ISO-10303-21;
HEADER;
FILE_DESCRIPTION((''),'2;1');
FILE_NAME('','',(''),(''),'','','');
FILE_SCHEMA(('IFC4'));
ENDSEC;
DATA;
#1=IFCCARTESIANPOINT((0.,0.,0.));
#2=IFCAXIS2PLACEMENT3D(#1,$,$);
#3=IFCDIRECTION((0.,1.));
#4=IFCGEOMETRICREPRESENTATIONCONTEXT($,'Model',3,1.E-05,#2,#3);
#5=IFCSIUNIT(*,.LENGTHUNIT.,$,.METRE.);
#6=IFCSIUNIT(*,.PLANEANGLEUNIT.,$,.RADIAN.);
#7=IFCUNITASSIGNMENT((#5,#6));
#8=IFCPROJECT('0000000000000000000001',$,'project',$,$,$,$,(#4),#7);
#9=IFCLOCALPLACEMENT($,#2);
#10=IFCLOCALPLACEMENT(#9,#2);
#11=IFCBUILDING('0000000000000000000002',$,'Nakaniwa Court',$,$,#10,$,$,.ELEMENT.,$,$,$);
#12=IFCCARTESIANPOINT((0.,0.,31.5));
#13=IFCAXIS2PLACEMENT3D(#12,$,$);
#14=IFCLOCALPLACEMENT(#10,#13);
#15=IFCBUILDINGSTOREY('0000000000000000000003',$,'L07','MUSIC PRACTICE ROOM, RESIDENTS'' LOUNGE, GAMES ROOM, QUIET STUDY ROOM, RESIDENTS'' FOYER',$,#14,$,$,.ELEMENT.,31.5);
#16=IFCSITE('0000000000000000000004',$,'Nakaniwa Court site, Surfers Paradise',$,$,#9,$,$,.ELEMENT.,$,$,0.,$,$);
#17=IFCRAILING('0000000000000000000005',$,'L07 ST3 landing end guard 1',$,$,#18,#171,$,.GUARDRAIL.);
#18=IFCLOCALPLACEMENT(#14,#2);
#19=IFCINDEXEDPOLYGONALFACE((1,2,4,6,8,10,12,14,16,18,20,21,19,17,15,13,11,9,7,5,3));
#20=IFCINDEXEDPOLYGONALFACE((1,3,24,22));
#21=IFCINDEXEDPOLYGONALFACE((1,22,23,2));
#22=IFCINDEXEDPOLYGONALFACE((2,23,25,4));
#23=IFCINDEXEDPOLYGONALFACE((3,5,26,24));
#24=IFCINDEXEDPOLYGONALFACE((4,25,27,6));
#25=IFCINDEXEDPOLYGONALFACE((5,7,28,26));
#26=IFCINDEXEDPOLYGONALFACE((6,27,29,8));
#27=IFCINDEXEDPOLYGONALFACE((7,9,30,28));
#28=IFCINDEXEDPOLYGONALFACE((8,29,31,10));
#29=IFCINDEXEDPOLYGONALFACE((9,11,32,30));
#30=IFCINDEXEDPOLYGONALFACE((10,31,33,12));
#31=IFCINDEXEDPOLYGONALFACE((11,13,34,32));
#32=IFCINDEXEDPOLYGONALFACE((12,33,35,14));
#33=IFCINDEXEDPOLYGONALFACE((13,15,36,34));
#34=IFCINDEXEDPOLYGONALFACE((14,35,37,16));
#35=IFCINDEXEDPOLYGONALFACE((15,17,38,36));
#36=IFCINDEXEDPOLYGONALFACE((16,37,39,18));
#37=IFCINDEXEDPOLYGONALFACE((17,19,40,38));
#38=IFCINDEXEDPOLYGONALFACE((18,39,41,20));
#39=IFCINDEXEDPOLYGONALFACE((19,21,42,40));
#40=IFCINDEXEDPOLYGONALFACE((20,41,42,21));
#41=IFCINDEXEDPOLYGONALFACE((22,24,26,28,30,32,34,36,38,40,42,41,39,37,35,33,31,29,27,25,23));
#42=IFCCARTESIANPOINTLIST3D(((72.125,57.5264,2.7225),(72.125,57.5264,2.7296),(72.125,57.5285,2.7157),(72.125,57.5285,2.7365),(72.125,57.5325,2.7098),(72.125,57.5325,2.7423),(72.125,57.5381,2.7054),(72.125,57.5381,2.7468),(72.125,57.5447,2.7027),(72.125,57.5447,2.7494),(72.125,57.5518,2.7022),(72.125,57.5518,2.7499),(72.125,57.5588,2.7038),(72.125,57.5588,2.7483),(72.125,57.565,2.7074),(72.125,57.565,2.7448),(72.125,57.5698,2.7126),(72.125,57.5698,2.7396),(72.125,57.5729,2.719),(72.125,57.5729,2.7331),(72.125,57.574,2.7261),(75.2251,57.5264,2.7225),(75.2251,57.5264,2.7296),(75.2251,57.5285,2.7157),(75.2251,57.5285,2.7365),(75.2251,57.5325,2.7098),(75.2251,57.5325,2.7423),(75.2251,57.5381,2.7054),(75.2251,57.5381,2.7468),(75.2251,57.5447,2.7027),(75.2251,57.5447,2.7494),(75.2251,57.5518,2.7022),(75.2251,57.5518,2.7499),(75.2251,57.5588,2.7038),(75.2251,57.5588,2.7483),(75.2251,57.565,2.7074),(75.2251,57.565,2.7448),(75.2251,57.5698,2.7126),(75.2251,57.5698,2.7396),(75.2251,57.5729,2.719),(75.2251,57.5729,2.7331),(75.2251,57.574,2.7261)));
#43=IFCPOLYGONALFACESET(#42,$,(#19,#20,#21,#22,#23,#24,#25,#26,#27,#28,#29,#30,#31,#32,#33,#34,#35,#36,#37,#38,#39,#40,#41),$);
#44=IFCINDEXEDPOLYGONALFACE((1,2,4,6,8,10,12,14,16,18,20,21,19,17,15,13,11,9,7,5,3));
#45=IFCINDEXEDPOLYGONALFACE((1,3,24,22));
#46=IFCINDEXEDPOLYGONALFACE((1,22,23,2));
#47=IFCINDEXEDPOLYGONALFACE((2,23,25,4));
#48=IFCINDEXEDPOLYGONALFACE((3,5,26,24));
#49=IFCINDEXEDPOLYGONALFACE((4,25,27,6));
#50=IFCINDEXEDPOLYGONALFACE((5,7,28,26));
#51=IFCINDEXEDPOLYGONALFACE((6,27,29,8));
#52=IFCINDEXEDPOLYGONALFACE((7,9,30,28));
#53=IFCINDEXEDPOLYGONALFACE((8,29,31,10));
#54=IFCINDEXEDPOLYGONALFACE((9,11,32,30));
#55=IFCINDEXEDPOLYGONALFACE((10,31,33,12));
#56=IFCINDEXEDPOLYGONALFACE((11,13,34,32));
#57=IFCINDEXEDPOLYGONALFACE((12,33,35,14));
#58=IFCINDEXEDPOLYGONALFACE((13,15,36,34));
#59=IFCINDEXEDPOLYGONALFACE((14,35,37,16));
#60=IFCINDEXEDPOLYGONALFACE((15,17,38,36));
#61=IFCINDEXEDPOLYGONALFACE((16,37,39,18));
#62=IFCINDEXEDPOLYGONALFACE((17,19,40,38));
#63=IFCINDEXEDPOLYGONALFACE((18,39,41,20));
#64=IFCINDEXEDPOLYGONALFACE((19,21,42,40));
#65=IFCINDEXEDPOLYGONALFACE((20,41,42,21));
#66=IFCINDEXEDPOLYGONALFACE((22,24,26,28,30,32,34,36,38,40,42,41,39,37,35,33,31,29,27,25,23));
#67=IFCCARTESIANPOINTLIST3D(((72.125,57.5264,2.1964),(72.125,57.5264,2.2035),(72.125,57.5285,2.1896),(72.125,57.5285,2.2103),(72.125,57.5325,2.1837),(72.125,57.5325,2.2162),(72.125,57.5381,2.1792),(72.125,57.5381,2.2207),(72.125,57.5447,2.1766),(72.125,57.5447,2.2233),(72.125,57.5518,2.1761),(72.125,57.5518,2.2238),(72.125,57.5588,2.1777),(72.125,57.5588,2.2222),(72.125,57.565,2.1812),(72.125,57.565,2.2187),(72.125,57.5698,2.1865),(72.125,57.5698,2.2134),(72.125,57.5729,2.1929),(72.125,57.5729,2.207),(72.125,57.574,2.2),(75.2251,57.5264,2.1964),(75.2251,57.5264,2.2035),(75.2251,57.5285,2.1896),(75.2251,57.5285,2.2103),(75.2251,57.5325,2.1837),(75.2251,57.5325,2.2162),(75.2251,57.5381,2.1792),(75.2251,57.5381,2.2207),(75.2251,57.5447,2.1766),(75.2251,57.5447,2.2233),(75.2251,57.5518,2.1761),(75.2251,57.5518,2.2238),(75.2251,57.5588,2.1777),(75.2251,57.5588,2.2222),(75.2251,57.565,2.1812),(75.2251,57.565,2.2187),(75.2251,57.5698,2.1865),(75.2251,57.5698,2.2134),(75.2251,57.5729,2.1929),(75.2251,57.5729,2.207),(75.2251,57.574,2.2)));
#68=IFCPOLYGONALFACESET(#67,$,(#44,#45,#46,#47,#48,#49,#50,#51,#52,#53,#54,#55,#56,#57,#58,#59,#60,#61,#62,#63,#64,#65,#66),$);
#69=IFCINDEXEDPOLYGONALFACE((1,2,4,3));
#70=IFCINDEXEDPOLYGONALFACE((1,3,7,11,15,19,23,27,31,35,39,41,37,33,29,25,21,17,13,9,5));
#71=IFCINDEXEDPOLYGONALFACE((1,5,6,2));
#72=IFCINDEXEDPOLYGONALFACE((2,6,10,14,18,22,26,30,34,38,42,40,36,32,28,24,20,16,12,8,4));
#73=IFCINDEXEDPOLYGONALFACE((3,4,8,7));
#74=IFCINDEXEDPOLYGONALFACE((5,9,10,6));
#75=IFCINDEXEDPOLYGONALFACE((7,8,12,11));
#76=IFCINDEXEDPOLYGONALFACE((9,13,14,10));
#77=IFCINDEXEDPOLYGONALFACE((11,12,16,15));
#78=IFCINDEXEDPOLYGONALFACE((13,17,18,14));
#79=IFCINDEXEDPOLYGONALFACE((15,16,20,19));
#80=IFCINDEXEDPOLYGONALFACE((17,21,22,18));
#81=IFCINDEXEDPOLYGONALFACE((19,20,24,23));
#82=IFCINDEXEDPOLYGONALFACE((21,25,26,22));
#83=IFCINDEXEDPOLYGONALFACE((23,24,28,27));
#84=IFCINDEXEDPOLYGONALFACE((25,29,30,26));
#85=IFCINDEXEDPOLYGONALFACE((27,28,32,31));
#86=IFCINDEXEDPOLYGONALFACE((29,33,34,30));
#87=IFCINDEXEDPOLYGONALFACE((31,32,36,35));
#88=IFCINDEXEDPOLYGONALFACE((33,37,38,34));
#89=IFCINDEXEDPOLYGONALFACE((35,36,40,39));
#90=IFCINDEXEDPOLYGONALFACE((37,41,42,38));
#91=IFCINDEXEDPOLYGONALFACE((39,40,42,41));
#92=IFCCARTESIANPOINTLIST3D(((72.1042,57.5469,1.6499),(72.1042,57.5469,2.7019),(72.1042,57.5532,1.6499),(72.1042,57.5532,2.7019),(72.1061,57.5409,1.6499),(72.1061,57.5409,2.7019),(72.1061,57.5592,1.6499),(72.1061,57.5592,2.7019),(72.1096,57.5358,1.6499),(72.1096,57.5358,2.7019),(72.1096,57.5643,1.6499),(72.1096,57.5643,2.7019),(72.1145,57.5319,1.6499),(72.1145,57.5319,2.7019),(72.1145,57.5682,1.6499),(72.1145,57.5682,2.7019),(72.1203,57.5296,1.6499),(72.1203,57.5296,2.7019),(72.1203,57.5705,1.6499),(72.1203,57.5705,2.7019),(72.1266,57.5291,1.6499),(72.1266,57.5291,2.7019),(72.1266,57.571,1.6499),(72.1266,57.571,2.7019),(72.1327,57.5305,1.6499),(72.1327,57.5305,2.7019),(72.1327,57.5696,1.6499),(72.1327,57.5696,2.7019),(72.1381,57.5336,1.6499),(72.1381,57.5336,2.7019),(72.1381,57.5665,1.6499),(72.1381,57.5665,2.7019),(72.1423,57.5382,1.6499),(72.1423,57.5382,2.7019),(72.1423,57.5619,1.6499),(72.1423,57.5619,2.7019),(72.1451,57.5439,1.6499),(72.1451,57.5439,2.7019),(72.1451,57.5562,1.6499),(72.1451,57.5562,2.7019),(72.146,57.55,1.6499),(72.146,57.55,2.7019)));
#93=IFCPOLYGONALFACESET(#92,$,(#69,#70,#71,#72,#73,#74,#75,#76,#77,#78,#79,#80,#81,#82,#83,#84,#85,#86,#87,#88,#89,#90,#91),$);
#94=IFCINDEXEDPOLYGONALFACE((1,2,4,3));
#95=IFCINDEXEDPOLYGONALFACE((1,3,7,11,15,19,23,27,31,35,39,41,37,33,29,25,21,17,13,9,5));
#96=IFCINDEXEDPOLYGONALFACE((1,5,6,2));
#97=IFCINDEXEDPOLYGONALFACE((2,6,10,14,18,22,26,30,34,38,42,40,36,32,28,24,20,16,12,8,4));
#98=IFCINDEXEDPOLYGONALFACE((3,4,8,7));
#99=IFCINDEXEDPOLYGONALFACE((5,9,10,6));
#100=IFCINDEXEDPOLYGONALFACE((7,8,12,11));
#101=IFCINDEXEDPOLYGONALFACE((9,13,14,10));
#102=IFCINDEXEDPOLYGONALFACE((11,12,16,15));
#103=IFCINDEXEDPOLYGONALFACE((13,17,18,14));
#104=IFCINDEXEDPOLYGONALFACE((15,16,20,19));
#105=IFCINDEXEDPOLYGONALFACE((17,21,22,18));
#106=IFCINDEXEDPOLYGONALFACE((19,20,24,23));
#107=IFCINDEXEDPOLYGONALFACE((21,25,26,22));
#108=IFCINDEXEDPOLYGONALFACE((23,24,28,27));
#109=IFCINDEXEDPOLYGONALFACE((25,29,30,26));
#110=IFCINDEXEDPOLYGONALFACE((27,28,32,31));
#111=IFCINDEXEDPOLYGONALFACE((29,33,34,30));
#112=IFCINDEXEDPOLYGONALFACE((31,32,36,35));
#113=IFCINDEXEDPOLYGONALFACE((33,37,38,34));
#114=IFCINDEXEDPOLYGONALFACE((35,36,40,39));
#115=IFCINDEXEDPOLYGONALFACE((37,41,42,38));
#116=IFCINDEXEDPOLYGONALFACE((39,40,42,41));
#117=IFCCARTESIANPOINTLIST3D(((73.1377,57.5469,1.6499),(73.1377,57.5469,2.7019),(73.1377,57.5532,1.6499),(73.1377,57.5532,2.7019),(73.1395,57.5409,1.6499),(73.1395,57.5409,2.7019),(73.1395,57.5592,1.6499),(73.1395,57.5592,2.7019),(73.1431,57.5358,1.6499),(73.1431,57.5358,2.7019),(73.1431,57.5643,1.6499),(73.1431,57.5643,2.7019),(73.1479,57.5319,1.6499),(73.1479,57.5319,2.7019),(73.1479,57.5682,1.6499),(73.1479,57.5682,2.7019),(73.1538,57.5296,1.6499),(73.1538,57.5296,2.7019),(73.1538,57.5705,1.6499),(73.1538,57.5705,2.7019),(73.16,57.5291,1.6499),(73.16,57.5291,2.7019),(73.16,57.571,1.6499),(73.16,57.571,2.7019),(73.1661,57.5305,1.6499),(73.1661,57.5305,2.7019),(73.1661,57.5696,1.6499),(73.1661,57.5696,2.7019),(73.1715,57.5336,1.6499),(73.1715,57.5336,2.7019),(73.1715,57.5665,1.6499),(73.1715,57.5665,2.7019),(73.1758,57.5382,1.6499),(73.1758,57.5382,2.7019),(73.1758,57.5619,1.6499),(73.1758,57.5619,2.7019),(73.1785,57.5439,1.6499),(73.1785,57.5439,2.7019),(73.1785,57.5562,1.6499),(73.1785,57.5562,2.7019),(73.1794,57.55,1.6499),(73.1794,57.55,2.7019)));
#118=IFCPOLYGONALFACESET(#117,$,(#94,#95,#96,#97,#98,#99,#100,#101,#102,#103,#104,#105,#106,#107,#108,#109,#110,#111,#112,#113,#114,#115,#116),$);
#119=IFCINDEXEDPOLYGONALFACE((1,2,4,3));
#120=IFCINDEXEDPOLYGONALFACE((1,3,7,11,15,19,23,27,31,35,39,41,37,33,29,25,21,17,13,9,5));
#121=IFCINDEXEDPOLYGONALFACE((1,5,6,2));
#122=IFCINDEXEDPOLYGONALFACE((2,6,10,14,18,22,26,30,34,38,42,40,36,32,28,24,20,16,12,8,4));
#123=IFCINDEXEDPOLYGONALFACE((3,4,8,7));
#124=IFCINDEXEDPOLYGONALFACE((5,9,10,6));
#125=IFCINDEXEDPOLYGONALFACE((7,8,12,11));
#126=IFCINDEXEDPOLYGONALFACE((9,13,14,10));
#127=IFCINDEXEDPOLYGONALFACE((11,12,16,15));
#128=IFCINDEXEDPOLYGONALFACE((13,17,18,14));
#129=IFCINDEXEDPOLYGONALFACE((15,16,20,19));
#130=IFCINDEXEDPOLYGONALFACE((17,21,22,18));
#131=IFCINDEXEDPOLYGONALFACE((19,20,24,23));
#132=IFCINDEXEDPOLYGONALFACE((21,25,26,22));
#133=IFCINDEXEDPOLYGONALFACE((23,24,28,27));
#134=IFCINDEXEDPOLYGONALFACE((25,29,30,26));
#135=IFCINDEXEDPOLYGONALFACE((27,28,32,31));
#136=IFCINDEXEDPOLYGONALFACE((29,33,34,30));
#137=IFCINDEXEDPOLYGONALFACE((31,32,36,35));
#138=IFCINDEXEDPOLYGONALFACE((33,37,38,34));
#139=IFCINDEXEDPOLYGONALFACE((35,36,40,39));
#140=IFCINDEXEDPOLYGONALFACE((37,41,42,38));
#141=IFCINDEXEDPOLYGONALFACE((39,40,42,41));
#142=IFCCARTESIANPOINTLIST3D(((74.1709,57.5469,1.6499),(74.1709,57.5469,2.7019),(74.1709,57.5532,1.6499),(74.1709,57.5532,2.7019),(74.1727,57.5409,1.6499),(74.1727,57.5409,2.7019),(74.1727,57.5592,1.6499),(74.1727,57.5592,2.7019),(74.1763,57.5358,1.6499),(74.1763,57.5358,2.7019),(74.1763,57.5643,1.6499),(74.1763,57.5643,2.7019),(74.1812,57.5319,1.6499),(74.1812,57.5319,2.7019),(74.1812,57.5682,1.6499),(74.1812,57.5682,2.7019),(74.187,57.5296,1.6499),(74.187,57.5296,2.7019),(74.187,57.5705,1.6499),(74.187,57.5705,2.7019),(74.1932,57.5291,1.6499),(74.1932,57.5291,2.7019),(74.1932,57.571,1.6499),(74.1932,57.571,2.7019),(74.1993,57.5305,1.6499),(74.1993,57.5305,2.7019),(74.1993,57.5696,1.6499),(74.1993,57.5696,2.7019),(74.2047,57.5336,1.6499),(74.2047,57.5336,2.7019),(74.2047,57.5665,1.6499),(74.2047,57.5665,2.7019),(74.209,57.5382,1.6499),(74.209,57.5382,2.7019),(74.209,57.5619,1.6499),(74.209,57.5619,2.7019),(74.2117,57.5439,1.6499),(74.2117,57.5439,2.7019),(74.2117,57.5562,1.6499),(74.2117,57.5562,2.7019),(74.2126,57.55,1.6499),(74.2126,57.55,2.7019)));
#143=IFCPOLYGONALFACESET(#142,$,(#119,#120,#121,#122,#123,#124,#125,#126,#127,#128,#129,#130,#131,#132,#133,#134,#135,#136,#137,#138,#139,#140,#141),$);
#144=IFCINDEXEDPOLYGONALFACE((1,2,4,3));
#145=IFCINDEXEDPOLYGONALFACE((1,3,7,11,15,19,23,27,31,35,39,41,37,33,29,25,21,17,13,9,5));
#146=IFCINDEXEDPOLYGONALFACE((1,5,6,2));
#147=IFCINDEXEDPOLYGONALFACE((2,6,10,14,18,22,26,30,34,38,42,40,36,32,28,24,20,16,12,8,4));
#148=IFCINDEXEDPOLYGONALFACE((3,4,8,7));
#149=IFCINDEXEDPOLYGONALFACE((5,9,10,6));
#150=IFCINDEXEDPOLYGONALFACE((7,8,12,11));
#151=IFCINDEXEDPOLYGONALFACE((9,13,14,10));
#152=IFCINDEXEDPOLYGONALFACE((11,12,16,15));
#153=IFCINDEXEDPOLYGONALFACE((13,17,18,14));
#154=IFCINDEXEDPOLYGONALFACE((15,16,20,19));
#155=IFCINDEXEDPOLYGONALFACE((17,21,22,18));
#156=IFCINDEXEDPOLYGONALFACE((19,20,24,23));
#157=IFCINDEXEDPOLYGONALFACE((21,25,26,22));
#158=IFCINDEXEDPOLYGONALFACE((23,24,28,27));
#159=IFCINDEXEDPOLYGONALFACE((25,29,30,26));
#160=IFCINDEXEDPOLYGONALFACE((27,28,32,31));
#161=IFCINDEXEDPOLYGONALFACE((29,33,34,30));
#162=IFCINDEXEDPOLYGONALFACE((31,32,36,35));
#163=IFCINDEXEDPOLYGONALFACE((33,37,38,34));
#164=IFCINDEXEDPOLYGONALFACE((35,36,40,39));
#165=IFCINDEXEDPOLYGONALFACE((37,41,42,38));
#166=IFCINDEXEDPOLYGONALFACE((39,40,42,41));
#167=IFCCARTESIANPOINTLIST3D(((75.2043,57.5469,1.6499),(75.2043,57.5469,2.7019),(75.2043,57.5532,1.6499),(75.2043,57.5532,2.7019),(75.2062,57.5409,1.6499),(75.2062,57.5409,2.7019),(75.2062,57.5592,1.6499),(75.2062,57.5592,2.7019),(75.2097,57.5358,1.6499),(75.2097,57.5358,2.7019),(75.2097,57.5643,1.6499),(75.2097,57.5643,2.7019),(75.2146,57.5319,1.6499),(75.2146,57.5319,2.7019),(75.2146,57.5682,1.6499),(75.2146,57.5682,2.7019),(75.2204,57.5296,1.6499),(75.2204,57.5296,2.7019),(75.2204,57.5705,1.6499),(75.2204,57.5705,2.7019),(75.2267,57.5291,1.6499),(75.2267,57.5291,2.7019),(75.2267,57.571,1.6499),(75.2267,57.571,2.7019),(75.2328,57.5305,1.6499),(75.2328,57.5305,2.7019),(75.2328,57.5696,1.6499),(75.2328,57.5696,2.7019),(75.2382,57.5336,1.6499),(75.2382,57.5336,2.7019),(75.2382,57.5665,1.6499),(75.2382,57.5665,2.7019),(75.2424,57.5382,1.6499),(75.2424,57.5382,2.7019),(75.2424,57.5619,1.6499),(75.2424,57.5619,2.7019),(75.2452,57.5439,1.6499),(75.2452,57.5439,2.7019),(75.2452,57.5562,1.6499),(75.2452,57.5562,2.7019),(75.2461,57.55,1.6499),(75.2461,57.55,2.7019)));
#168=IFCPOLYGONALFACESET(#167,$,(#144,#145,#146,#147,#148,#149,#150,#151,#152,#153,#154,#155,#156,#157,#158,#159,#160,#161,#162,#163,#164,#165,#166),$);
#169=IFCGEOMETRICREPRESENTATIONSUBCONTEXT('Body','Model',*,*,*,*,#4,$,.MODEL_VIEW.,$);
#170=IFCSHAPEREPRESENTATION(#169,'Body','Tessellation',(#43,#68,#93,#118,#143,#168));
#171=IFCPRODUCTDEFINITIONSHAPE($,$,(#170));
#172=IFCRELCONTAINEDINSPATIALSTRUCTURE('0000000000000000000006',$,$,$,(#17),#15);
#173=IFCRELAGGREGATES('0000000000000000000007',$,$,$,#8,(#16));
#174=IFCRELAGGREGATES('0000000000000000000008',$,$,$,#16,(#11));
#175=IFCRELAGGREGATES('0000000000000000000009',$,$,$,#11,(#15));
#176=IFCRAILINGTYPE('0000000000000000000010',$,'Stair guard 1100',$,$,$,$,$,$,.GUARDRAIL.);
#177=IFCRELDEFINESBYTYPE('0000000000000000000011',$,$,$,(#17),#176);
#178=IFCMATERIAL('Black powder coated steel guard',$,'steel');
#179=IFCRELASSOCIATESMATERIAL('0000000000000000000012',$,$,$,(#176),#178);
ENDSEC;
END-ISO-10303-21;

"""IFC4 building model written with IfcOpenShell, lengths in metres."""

from ifc_helpers import new_model, si_unit, direction, frame, origin, origin_2d, place, context, subcontext, project, spatial, circle, extrude, material, type_object, element, save


model = new_model("IFC4")

# Units and contexts
model_context = context("Model", 3, precision=1e-05, world=origin(), true_north=direction((0.0, 1.0)))
body_context = subcontext(model_context, "Body", "Model", "MODEL_VIEW")
ifc_project = project(units=[si_unit("LENGTHUNIT", "METRE"), si_unit("PLANEANGLEUNIT", "RADIAN")], contexts=[model_context])

# Site, building, storey
site_placement = place(None, origin())
site = spatial("IfcSite", under=ifc_project, at=site_placement, Name="Nakaniwa Court site, Surfers Paradise", CompositionType="ELEMENT", RefElevation=0.0)
building_placement = place(site_placement, origin())
building = spatial("IfcBuilding", under=site, at=building_placement, Name="Nakaniwa Court", CompositionType="ELEMENT")
storey_placement = place(building_placement, frame((0.0, 0.0, 31.5)))
storey = spatial("IfcBuildingStorey", under=building, at=storey_placement, Name="L07", Description="MUSIC PRACTICE ROOM, RESIDENTS' LOUNGE, GAMES ROOM, QUIET STUDY ROOM, RESIDENTS' FOYER", CompositionType="ELEMENT", Elevation=31.5)

# Railing
ifc_material_1 = material(Name="Black powder coated steel guard", Category="steel")
railing_type_1 = type_object("IfcRailingType", Name="Stair guard 1100", PredefinedType="GUARDRAIL", material=ifc_material_1)
railing_1_placement = place(storey_placement, frame((72.125, 57.55, 1.6499)))
element("IfcRailing", 1, at=railing_1_placement, inside=storey, type_object=railing_type_1, Name="L07 ST3 landing end guard 1", PredefinedType="GUARDRAIL", context=body_context, shape_type="SweptSolid", body=[
    extrude(circle(Radius=0.0239, at=origin_2d()), frame((0.0, 0.0, 1.0762), z_axis=(1.0, 0.0, 0.0), x_axis=(0.0, 1.0, 0.0)), (0.0, 0.0, 1.0), 3.1001),
    extrude(circle(Radius=0.0239, at=origin_2d()), frame((0.0, 0.0, 0.55), z_axis=(1.0, 0.0, 0.0), x_axis=(0.0, 1.0, 0.0)), (0.0, 0.0, 1.0), 3.1001),
    extrude(circle(Radius=0.021, at=origin_2d()), origin(), (0.0, 0.0, 1.0), 1.052),
    extrude(circle(Radius=0.021, at=origin_2d()), frame((1.0334, 0.0, 0.0)), (0.0, 0.0, 1.0), 1.052),
    extrude(circle(Radius=0.021, at=origin_2d()), frame((2.0667, 0.0, 0.0)), (0.0, 0.0, 1.0), 1.052),
    extrude(circle(Radius=0.021, at=origin_2d()), frame((3.1001, 0.0, 0.0)), (0.0, 0.0, 1.0), 1.052),
])

save(model, "model.ifc")
